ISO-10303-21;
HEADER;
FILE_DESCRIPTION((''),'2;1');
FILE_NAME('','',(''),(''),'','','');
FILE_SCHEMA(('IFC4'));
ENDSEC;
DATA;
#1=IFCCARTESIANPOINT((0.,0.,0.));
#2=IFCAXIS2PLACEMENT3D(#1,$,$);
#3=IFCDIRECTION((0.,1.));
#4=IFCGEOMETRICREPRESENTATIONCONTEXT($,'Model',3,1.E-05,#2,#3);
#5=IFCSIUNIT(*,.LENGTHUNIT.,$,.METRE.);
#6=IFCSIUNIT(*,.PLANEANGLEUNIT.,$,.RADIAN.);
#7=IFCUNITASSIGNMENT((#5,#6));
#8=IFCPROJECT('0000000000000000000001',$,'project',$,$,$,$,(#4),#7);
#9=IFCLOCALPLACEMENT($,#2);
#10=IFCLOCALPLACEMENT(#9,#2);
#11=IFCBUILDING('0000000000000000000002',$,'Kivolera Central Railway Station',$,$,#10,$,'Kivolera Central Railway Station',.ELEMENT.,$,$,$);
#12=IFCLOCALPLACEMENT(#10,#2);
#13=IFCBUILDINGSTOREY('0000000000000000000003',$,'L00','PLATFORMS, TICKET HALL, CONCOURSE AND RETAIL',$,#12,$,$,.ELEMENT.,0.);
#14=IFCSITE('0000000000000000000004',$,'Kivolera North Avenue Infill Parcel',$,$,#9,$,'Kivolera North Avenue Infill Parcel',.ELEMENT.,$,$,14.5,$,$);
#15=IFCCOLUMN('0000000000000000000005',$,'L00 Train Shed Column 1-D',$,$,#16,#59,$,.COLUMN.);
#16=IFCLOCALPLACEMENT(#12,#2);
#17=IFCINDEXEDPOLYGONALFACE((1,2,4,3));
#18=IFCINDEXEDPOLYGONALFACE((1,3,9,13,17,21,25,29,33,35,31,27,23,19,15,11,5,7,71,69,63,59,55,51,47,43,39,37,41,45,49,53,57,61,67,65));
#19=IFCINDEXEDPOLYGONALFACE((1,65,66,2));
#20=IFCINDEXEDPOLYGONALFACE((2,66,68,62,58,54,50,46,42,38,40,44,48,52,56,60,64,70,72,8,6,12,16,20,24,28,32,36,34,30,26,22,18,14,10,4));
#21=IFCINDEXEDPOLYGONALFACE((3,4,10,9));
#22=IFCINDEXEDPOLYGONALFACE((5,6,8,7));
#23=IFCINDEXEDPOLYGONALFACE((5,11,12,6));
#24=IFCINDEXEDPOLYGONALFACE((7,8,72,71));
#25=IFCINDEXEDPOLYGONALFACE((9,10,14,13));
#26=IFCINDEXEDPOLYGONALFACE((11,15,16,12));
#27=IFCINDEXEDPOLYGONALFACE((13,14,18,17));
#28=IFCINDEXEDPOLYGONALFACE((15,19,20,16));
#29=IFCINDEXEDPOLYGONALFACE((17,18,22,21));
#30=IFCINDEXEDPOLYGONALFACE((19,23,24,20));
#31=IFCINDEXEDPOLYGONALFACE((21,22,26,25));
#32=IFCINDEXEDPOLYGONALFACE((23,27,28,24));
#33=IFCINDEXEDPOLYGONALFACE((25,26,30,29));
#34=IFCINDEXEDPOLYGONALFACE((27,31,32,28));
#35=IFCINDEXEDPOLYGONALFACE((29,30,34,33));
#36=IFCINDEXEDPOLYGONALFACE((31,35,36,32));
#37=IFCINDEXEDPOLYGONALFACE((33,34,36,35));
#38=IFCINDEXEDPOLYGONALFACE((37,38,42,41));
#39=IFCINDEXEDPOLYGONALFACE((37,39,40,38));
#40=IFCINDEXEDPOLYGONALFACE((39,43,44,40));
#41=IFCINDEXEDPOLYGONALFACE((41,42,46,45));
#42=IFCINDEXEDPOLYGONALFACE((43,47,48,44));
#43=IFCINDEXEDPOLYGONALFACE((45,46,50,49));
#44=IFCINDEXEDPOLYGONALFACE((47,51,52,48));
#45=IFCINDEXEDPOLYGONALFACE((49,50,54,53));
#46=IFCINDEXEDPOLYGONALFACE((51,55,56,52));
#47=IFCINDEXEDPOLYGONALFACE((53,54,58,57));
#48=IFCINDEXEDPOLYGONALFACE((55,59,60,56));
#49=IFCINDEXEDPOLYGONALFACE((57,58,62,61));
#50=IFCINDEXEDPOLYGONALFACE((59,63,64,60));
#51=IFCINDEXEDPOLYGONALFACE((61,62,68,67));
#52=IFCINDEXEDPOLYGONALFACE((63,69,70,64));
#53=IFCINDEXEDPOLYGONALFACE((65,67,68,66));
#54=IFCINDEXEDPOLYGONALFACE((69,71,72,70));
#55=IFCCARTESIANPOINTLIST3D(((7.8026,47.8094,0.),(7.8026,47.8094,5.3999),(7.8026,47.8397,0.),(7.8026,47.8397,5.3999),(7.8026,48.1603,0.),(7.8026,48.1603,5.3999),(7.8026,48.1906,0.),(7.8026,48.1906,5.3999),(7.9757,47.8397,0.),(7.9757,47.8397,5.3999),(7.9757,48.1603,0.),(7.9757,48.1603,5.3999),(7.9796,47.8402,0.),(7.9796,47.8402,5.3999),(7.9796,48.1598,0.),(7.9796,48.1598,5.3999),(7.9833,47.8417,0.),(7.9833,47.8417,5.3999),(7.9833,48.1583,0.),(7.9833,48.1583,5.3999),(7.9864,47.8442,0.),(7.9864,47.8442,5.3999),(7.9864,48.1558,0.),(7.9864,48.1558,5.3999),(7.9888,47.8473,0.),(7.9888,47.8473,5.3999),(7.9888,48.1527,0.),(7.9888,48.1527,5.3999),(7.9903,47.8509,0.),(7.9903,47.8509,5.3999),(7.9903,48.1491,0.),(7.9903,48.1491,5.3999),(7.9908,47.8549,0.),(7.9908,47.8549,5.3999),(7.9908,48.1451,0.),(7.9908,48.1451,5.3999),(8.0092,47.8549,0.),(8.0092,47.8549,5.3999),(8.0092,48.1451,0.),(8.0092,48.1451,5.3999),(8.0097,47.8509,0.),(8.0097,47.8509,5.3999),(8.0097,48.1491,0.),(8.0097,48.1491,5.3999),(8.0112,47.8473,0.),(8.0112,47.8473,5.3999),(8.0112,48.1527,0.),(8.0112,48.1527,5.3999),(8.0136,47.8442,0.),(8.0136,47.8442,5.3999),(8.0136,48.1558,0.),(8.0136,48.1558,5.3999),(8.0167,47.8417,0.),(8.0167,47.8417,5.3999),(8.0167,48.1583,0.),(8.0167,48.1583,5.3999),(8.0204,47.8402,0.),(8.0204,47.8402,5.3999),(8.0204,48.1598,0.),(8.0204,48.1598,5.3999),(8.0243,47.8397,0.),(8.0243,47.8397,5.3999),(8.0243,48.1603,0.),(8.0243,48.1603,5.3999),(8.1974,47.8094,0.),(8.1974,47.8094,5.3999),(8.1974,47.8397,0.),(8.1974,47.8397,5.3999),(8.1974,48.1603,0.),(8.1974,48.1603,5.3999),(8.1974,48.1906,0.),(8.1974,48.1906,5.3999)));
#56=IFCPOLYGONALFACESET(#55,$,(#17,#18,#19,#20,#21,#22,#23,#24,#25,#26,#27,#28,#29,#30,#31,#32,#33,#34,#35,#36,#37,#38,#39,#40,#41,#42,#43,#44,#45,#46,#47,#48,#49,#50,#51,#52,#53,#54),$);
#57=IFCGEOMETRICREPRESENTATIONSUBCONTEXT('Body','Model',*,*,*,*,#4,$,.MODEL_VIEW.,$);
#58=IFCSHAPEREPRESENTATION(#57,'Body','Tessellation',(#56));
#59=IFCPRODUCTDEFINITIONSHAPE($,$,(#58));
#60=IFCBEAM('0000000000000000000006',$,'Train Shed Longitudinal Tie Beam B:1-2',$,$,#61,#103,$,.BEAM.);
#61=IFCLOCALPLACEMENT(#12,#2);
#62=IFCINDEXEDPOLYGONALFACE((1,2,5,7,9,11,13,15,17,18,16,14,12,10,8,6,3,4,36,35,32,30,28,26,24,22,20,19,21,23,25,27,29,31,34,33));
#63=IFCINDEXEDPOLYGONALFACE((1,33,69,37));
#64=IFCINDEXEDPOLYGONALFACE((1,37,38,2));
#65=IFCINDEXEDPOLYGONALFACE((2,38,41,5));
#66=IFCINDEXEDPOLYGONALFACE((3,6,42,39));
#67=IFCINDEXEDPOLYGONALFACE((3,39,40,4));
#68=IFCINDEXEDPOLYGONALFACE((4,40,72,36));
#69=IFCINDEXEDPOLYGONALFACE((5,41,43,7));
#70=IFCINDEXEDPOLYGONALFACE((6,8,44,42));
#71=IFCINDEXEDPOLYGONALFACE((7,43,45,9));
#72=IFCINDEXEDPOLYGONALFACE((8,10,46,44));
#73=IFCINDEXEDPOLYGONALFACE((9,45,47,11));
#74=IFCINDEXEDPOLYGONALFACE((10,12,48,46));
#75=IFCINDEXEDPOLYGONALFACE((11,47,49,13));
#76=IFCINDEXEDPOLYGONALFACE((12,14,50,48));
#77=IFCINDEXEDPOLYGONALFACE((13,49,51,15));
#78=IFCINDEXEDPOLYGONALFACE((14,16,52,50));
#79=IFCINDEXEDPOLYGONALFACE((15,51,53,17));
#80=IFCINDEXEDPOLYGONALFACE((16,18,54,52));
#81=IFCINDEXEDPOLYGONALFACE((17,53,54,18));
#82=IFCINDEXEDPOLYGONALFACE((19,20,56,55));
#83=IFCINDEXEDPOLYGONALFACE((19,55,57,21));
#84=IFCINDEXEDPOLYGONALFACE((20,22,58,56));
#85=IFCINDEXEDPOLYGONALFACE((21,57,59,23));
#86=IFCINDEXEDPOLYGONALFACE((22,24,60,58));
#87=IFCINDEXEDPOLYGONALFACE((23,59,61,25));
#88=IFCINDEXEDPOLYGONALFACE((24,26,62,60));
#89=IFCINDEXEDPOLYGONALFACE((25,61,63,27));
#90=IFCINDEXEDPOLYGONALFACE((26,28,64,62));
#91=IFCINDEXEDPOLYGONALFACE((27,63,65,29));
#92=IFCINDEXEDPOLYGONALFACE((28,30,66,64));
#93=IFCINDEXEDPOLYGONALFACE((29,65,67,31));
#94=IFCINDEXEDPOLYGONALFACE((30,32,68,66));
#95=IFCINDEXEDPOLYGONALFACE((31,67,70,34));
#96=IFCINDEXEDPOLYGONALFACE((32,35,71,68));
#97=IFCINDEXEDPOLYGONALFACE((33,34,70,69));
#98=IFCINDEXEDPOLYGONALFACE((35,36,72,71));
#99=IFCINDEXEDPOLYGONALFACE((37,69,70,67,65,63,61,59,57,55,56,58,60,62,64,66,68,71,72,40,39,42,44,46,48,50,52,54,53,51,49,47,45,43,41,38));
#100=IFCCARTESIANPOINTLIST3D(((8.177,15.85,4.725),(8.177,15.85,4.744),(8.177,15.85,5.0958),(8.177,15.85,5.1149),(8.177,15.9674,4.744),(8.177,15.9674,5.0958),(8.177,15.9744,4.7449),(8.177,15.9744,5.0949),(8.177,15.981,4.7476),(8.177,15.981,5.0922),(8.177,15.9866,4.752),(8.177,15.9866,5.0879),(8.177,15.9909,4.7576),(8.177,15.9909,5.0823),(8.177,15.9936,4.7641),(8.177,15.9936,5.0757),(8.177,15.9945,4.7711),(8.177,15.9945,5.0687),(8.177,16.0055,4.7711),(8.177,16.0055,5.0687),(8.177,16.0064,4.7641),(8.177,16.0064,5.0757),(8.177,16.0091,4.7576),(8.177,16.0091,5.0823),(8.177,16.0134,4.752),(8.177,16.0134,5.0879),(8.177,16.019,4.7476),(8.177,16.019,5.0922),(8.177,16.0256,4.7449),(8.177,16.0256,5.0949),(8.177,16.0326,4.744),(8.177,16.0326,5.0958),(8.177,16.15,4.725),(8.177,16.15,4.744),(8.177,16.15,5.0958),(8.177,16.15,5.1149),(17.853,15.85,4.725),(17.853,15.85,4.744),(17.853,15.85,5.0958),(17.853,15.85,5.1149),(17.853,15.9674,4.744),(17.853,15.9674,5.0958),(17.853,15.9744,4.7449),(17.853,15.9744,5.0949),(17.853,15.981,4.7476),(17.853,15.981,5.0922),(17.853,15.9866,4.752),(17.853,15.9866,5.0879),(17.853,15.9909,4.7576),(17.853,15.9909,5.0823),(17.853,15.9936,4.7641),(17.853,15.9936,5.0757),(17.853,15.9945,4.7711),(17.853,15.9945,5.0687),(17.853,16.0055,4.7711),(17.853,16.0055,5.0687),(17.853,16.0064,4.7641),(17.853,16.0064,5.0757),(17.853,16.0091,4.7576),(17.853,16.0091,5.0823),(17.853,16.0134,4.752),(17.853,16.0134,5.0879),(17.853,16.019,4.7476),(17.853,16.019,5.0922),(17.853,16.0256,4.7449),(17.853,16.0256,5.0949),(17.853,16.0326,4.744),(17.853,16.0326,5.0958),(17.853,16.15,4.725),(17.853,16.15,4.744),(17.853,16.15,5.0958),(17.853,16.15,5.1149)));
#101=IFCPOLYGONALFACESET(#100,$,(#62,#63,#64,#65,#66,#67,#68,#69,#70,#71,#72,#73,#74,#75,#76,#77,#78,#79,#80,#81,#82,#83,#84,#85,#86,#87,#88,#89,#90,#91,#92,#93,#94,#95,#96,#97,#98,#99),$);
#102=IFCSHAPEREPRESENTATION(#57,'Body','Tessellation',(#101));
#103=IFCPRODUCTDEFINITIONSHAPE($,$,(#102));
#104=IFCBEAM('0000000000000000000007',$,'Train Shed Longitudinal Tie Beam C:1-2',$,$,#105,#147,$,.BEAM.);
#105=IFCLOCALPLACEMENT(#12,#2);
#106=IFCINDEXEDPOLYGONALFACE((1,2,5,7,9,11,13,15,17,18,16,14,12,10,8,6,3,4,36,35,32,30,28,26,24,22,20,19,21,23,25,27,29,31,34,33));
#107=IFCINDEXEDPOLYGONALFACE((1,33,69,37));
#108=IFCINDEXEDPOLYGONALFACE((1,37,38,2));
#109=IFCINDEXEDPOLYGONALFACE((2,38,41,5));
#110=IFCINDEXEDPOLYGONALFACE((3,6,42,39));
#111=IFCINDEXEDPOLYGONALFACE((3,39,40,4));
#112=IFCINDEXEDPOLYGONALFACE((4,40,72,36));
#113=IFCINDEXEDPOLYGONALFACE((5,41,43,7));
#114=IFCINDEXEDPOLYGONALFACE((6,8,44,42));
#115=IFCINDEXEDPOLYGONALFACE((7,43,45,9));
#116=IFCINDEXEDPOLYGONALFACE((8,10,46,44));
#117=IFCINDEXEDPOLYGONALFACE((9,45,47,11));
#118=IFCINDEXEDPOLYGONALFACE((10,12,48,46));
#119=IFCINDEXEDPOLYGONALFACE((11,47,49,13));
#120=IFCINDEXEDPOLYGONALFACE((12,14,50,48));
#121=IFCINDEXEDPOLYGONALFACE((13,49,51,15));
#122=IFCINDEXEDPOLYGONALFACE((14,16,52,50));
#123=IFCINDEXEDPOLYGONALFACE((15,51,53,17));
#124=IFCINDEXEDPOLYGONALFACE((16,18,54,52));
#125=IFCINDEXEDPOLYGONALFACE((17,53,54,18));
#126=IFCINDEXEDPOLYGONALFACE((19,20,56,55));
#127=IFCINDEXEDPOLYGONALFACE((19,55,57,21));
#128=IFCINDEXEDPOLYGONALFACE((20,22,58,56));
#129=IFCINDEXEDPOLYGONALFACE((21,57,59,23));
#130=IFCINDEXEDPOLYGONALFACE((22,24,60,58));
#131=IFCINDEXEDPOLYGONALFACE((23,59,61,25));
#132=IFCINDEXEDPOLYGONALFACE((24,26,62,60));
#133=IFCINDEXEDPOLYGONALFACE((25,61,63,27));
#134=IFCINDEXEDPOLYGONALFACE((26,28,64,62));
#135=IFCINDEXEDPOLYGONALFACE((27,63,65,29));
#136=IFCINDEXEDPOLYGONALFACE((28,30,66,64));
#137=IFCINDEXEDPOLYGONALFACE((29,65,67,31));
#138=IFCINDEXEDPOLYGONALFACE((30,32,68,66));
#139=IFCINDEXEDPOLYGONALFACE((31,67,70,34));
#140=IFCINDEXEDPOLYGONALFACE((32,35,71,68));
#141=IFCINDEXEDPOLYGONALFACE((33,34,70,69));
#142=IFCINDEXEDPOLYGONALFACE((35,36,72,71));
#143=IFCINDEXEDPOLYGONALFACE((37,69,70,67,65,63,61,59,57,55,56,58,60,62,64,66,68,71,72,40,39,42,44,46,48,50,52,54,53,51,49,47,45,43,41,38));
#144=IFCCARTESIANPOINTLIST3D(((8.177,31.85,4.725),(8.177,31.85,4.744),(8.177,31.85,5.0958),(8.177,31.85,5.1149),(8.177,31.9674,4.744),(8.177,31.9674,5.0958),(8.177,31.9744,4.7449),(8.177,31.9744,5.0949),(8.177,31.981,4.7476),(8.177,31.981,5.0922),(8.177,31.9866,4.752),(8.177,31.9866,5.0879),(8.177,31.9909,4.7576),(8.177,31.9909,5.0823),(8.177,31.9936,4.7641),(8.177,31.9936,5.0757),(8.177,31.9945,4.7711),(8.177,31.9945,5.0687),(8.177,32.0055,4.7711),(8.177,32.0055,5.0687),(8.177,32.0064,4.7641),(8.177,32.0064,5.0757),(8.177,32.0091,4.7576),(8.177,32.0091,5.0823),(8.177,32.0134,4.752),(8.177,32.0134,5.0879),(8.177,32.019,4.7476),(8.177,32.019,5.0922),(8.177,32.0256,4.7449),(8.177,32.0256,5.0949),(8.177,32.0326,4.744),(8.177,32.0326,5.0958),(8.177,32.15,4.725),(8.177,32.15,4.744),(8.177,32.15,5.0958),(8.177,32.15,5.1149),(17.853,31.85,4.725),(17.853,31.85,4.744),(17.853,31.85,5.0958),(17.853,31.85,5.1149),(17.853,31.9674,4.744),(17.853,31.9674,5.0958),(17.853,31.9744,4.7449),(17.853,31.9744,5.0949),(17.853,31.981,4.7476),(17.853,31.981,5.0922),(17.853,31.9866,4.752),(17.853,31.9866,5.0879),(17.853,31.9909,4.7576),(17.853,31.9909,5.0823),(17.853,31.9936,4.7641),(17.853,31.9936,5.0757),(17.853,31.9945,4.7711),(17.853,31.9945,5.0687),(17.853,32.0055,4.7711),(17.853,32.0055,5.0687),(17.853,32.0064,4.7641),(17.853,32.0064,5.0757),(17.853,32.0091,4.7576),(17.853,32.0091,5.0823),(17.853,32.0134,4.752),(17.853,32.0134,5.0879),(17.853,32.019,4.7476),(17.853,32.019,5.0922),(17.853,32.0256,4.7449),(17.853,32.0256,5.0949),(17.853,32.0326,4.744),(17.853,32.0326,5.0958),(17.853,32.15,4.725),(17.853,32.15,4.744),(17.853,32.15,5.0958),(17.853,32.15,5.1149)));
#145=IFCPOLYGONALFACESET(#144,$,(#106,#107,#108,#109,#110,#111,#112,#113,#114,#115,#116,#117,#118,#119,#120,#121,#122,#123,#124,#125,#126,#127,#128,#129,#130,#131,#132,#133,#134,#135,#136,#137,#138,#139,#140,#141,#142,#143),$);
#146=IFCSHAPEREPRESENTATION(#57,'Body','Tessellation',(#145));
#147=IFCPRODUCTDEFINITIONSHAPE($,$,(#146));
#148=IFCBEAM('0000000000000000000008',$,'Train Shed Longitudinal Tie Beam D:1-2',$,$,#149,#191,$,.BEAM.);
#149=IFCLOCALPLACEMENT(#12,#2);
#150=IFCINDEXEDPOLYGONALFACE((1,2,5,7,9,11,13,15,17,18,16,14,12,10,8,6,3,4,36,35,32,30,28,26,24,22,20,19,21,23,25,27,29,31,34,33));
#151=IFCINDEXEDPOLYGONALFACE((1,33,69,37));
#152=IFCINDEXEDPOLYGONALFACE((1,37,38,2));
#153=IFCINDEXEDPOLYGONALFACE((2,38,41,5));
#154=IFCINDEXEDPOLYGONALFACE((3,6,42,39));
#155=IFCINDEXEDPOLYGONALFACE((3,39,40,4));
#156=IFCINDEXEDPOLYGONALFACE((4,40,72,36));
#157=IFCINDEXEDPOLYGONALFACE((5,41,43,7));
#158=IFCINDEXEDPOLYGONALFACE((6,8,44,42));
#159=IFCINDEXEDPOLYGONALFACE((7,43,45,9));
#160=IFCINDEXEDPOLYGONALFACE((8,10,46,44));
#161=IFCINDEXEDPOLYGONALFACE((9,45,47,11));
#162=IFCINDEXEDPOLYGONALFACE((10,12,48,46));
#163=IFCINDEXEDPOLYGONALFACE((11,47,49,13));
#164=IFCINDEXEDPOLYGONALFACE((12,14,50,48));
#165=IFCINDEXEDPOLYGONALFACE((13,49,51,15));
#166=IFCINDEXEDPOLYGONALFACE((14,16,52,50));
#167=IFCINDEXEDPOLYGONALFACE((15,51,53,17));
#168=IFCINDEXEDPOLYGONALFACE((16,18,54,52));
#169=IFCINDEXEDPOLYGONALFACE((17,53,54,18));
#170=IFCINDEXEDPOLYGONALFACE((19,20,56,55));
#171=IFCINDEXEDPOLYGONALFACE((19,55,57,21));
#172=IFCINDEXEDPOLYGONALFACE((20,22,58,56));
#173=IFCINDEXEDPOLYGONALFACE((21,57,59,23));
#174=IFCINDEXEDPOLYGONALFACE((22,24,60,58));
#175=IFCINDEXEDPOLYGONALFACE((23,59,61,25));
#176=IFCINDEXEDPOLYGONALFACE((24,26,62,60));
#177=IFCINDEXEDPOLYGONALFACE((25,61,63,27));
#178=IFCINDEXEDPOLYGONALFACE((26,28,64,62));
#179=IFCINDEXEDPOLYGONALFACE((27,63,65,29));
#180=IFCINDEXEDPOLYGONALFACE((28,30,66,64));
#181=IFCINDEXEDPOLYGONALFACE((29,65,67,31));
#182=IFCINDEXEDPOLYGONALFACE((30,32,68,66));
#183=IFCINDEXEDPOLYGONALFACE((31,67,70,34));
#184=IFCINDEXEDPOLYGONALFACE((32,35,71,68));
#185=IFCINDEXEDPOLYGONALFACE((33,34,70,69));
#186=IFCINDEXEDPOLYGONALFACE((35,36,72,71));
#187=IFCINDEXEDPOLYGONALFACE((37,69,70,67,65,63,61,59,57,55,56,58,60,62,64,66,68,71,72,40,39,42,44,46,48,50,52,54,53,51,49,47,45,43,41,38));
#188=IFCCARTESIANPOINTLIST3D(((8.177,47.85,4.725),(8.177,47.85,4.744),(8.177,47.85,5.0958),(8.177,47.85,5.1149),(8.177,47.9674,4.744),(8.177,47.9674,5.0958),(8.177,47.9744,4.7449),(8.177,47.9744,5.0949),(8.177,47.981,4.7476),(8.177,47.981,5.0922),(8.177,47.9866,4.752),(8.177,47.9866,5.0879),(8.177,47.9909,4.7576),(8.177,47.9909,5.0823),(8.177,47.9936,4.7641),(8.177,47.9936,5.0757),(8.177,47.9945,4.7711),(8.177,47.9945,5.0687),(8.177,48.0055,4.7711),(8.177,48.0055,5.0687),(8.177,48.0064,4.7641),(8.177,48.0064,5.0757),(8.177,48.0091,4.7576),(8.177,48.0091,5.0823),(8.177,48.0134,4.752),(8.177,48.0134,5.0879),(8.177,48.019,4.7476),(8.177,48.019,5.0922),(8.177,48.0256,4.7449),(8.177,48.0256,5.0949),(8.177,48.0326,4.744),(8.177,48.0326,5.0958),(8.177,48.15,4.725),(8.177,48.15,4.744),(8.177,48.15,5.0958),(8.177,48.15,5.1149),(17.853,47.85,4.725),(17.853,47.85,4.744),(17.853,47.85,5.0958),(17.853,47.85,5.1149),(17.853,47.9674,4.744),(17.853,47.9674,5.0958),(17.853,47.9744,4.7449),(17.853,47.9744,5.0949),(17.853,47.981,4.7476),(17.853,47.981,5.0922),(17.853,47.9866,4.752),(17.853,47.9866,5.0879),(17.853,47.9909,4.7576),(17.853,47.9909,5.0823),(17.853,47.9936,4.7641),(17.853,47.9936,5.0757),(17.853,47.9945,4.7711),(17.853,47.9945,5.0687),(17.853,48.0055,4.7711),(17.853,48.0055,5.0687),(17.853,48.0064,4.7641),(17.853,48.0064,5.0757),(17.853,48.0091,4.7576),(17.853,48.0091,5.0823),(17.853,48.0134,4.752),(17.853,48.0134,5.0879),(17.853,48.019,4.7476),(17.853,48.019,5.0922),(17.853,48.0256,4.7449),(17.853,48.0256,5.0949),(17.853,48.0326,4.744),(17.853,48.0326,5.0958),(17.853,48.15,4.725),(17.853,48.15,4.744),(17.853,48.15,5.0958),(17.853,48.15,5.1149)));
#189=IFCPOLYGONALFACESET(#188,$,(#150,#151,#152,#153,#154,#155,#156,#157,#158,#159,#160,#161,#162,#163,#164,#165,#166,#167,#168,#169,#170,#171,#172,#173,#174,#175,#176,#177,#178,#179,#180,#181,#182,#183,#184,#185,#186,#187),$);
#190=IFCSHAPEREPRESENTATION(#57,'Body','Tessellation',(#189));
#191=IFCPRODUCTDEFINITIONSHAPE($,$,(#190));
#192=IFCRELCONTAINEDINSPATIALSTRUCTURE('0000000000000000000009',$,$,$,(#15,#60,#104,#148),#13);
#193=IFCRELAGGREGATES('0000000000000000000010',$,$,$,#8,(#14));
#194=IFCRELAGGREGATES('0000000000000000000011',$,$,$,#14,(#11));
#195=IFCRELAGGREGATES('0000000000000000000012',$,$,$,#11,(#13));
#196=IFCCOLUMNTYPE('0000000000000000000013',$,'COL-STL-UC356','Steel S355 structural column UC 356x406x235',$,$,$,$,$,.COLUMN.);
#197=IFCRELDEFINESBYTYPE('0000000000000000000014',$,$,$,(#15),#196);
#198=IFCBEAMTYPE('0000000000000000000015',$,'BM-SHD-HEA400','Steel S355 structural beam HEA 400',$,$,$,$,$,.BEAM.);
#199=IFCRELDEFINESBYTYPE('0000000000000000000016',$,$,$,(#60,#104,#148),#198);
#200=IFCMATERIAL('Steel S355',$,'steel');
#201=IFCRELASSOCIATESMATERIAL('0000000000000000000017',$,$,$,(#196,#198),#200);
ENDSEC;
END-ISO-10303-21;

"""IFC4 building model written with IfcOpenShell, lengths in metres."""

from ifc_helpers import new_model, si_unit, direction, frame, origin, origin_2d, place, context, subcontext, project, spatial, i_section, extrude, material, material_profile, profile_set, type_object, element, save


model = new_model("IFC4")

# Units and contexts
model_context = context("Model", 3, precision=1e-05, world=origin(), true_north=direction((0.0, 1.0)))
body_context = subcontext(model_context, "Body", "Model", "MODEL_VIEW")
ifc_project = project(units=[si_unit("LENGTHUNIT", "METRE"), si_unit("PLANEANGLEUNIT", "RADIAN")], contexts=[model_context])

# Site, building, storey
site_placement = place(None, origin())
site = spatial("IfcSite", under=ifc_project, at=site_placement, Name="Kivolera North Avenue Infill Parcel", LongName="Kivolera North Avenue Infill Parcel", CompositionType="ELEMENT", RefElevation=14.5)
building_placement = place(site_placement, origin())
building = spatial("IfcBuilding", under=site, at=building_placement, Name="Kivolera Central Railway Station", LongName="Kivolera Central Railway Station", CompositionType="ELEMENT")
storey_placement = place(building_placement, origin())
storey = spatial("IfcBuildingStorey", under=building, at=storey_placement, Name="L00", Description="PLATFORMS, TICKET HALL, CONCOURSE AND RETAIL", CompositionType="ELEMENT", Elevation=0.0)

# Column
ifc_material_1 = material(Name="Steel S355", Category="steel")
ifc_material_profile_1 = material_profile(ifc_material_1, i_section(OverallWidth=0.3948, OverallDepth=0.3811, WebThickness=0.0183, FlangeThickness=0.0303, FilletRadius=0.0151, at=origin_2d()), Name="UC 356x406x235")
ifc_profile_set_1 = profile_set([ifc_material_profile_1], Name="Steel S355")
column_type_1 = type_object("IfcColumnType", Name="COL-STL-UC356", Description="Steel S355 structural column UC 356x406x235", PredefinedType="COLUMN", material=ifc_profile_set_1)
for number, where, z_axis, x_axis, name in (
    (1, (8.0, 48.0, 0.0), (0.0, 0.0, 1.0), (1.0, 0.0, 0.0), "L00 Train Shed Column 1-D"),
):
    element("IfcColumn", number, at=place(storey_placement, frame(where, z_axis=z_axis, x_axis=x_axis)), inside=storey, type_object=column_type_1, Name=name, PredefinedType="COLUMN", context=body_context, shape_type="SweptSolid", body=[
        extrude(i_section(OverallWidth=0.3948, OverallDepth=0.3811, WebThickness=0.0183, FlangeThickness=0.0303, FilletRadius=0.0151, at=origin_2d()), origin(), (0.0, 0.0, 1.0), 5.3999),
    ])

# Beams
ifc_material_profile_2 = material_profile(ifc_material_1, i_section(OverallWidth=0.3, OverallDepth=0.3899, WebThickness=0.011, FlangeThickness=0.019, FilletRadius=0.0271, at=origin_2d()), Name="HEA 400")
ifc_profile_set_2 = profile_set([ifc_material_profile_2], Name="Steel S355")
beam_type = type_object("IfcBeamType", Name="BM-SHD-HEA400", Description="Steel S355 structural beam HEA 400", PredefinedType="BEAM", material=ifc_profile_set_2)
for number, where, z_axis, x_axis, name in (
    (2, (8.177, 16.0, 4.9199), (1.0, 0.0, 0.0), (0.0, 1.0, 0.0), "Train Shed Longitudinal Tie Beam B:1-2"),
    (3, (8.177, 32.0, 4.9199), (1.0, 0.0, 0.0), (0.0, 1.0, 0.0), "Train Shed Longitudinal Tie Beam C:1-2"),
    (4, (8.177, 48.0, 4.9199), (1.0, 0.0, 0.0), (0.0, 1.0, 0.0), "Train Shed Longitudinal Tie Beam D:1-2"),
):
    element("IfcBeam", number, at=place(storey_placement, frame(where, z_axis=z_axis, x_axis=x_axis)), inside=storey, type_object=beam_type, Name=name, PredefinedType="BEAM", context=body_context, shape_type="SweptSolid", body=[
        extrude(i_section(OverallWidth=0.3, OverallDepth=0.3899, WebThickness=0.011, FlangeThickness=0.019, FilletRadius=0.0271, at=origin_2d()), origin(), (0.0, 0.0, 1.0), 9.676),
    ])

save(model, "model.ifc")
